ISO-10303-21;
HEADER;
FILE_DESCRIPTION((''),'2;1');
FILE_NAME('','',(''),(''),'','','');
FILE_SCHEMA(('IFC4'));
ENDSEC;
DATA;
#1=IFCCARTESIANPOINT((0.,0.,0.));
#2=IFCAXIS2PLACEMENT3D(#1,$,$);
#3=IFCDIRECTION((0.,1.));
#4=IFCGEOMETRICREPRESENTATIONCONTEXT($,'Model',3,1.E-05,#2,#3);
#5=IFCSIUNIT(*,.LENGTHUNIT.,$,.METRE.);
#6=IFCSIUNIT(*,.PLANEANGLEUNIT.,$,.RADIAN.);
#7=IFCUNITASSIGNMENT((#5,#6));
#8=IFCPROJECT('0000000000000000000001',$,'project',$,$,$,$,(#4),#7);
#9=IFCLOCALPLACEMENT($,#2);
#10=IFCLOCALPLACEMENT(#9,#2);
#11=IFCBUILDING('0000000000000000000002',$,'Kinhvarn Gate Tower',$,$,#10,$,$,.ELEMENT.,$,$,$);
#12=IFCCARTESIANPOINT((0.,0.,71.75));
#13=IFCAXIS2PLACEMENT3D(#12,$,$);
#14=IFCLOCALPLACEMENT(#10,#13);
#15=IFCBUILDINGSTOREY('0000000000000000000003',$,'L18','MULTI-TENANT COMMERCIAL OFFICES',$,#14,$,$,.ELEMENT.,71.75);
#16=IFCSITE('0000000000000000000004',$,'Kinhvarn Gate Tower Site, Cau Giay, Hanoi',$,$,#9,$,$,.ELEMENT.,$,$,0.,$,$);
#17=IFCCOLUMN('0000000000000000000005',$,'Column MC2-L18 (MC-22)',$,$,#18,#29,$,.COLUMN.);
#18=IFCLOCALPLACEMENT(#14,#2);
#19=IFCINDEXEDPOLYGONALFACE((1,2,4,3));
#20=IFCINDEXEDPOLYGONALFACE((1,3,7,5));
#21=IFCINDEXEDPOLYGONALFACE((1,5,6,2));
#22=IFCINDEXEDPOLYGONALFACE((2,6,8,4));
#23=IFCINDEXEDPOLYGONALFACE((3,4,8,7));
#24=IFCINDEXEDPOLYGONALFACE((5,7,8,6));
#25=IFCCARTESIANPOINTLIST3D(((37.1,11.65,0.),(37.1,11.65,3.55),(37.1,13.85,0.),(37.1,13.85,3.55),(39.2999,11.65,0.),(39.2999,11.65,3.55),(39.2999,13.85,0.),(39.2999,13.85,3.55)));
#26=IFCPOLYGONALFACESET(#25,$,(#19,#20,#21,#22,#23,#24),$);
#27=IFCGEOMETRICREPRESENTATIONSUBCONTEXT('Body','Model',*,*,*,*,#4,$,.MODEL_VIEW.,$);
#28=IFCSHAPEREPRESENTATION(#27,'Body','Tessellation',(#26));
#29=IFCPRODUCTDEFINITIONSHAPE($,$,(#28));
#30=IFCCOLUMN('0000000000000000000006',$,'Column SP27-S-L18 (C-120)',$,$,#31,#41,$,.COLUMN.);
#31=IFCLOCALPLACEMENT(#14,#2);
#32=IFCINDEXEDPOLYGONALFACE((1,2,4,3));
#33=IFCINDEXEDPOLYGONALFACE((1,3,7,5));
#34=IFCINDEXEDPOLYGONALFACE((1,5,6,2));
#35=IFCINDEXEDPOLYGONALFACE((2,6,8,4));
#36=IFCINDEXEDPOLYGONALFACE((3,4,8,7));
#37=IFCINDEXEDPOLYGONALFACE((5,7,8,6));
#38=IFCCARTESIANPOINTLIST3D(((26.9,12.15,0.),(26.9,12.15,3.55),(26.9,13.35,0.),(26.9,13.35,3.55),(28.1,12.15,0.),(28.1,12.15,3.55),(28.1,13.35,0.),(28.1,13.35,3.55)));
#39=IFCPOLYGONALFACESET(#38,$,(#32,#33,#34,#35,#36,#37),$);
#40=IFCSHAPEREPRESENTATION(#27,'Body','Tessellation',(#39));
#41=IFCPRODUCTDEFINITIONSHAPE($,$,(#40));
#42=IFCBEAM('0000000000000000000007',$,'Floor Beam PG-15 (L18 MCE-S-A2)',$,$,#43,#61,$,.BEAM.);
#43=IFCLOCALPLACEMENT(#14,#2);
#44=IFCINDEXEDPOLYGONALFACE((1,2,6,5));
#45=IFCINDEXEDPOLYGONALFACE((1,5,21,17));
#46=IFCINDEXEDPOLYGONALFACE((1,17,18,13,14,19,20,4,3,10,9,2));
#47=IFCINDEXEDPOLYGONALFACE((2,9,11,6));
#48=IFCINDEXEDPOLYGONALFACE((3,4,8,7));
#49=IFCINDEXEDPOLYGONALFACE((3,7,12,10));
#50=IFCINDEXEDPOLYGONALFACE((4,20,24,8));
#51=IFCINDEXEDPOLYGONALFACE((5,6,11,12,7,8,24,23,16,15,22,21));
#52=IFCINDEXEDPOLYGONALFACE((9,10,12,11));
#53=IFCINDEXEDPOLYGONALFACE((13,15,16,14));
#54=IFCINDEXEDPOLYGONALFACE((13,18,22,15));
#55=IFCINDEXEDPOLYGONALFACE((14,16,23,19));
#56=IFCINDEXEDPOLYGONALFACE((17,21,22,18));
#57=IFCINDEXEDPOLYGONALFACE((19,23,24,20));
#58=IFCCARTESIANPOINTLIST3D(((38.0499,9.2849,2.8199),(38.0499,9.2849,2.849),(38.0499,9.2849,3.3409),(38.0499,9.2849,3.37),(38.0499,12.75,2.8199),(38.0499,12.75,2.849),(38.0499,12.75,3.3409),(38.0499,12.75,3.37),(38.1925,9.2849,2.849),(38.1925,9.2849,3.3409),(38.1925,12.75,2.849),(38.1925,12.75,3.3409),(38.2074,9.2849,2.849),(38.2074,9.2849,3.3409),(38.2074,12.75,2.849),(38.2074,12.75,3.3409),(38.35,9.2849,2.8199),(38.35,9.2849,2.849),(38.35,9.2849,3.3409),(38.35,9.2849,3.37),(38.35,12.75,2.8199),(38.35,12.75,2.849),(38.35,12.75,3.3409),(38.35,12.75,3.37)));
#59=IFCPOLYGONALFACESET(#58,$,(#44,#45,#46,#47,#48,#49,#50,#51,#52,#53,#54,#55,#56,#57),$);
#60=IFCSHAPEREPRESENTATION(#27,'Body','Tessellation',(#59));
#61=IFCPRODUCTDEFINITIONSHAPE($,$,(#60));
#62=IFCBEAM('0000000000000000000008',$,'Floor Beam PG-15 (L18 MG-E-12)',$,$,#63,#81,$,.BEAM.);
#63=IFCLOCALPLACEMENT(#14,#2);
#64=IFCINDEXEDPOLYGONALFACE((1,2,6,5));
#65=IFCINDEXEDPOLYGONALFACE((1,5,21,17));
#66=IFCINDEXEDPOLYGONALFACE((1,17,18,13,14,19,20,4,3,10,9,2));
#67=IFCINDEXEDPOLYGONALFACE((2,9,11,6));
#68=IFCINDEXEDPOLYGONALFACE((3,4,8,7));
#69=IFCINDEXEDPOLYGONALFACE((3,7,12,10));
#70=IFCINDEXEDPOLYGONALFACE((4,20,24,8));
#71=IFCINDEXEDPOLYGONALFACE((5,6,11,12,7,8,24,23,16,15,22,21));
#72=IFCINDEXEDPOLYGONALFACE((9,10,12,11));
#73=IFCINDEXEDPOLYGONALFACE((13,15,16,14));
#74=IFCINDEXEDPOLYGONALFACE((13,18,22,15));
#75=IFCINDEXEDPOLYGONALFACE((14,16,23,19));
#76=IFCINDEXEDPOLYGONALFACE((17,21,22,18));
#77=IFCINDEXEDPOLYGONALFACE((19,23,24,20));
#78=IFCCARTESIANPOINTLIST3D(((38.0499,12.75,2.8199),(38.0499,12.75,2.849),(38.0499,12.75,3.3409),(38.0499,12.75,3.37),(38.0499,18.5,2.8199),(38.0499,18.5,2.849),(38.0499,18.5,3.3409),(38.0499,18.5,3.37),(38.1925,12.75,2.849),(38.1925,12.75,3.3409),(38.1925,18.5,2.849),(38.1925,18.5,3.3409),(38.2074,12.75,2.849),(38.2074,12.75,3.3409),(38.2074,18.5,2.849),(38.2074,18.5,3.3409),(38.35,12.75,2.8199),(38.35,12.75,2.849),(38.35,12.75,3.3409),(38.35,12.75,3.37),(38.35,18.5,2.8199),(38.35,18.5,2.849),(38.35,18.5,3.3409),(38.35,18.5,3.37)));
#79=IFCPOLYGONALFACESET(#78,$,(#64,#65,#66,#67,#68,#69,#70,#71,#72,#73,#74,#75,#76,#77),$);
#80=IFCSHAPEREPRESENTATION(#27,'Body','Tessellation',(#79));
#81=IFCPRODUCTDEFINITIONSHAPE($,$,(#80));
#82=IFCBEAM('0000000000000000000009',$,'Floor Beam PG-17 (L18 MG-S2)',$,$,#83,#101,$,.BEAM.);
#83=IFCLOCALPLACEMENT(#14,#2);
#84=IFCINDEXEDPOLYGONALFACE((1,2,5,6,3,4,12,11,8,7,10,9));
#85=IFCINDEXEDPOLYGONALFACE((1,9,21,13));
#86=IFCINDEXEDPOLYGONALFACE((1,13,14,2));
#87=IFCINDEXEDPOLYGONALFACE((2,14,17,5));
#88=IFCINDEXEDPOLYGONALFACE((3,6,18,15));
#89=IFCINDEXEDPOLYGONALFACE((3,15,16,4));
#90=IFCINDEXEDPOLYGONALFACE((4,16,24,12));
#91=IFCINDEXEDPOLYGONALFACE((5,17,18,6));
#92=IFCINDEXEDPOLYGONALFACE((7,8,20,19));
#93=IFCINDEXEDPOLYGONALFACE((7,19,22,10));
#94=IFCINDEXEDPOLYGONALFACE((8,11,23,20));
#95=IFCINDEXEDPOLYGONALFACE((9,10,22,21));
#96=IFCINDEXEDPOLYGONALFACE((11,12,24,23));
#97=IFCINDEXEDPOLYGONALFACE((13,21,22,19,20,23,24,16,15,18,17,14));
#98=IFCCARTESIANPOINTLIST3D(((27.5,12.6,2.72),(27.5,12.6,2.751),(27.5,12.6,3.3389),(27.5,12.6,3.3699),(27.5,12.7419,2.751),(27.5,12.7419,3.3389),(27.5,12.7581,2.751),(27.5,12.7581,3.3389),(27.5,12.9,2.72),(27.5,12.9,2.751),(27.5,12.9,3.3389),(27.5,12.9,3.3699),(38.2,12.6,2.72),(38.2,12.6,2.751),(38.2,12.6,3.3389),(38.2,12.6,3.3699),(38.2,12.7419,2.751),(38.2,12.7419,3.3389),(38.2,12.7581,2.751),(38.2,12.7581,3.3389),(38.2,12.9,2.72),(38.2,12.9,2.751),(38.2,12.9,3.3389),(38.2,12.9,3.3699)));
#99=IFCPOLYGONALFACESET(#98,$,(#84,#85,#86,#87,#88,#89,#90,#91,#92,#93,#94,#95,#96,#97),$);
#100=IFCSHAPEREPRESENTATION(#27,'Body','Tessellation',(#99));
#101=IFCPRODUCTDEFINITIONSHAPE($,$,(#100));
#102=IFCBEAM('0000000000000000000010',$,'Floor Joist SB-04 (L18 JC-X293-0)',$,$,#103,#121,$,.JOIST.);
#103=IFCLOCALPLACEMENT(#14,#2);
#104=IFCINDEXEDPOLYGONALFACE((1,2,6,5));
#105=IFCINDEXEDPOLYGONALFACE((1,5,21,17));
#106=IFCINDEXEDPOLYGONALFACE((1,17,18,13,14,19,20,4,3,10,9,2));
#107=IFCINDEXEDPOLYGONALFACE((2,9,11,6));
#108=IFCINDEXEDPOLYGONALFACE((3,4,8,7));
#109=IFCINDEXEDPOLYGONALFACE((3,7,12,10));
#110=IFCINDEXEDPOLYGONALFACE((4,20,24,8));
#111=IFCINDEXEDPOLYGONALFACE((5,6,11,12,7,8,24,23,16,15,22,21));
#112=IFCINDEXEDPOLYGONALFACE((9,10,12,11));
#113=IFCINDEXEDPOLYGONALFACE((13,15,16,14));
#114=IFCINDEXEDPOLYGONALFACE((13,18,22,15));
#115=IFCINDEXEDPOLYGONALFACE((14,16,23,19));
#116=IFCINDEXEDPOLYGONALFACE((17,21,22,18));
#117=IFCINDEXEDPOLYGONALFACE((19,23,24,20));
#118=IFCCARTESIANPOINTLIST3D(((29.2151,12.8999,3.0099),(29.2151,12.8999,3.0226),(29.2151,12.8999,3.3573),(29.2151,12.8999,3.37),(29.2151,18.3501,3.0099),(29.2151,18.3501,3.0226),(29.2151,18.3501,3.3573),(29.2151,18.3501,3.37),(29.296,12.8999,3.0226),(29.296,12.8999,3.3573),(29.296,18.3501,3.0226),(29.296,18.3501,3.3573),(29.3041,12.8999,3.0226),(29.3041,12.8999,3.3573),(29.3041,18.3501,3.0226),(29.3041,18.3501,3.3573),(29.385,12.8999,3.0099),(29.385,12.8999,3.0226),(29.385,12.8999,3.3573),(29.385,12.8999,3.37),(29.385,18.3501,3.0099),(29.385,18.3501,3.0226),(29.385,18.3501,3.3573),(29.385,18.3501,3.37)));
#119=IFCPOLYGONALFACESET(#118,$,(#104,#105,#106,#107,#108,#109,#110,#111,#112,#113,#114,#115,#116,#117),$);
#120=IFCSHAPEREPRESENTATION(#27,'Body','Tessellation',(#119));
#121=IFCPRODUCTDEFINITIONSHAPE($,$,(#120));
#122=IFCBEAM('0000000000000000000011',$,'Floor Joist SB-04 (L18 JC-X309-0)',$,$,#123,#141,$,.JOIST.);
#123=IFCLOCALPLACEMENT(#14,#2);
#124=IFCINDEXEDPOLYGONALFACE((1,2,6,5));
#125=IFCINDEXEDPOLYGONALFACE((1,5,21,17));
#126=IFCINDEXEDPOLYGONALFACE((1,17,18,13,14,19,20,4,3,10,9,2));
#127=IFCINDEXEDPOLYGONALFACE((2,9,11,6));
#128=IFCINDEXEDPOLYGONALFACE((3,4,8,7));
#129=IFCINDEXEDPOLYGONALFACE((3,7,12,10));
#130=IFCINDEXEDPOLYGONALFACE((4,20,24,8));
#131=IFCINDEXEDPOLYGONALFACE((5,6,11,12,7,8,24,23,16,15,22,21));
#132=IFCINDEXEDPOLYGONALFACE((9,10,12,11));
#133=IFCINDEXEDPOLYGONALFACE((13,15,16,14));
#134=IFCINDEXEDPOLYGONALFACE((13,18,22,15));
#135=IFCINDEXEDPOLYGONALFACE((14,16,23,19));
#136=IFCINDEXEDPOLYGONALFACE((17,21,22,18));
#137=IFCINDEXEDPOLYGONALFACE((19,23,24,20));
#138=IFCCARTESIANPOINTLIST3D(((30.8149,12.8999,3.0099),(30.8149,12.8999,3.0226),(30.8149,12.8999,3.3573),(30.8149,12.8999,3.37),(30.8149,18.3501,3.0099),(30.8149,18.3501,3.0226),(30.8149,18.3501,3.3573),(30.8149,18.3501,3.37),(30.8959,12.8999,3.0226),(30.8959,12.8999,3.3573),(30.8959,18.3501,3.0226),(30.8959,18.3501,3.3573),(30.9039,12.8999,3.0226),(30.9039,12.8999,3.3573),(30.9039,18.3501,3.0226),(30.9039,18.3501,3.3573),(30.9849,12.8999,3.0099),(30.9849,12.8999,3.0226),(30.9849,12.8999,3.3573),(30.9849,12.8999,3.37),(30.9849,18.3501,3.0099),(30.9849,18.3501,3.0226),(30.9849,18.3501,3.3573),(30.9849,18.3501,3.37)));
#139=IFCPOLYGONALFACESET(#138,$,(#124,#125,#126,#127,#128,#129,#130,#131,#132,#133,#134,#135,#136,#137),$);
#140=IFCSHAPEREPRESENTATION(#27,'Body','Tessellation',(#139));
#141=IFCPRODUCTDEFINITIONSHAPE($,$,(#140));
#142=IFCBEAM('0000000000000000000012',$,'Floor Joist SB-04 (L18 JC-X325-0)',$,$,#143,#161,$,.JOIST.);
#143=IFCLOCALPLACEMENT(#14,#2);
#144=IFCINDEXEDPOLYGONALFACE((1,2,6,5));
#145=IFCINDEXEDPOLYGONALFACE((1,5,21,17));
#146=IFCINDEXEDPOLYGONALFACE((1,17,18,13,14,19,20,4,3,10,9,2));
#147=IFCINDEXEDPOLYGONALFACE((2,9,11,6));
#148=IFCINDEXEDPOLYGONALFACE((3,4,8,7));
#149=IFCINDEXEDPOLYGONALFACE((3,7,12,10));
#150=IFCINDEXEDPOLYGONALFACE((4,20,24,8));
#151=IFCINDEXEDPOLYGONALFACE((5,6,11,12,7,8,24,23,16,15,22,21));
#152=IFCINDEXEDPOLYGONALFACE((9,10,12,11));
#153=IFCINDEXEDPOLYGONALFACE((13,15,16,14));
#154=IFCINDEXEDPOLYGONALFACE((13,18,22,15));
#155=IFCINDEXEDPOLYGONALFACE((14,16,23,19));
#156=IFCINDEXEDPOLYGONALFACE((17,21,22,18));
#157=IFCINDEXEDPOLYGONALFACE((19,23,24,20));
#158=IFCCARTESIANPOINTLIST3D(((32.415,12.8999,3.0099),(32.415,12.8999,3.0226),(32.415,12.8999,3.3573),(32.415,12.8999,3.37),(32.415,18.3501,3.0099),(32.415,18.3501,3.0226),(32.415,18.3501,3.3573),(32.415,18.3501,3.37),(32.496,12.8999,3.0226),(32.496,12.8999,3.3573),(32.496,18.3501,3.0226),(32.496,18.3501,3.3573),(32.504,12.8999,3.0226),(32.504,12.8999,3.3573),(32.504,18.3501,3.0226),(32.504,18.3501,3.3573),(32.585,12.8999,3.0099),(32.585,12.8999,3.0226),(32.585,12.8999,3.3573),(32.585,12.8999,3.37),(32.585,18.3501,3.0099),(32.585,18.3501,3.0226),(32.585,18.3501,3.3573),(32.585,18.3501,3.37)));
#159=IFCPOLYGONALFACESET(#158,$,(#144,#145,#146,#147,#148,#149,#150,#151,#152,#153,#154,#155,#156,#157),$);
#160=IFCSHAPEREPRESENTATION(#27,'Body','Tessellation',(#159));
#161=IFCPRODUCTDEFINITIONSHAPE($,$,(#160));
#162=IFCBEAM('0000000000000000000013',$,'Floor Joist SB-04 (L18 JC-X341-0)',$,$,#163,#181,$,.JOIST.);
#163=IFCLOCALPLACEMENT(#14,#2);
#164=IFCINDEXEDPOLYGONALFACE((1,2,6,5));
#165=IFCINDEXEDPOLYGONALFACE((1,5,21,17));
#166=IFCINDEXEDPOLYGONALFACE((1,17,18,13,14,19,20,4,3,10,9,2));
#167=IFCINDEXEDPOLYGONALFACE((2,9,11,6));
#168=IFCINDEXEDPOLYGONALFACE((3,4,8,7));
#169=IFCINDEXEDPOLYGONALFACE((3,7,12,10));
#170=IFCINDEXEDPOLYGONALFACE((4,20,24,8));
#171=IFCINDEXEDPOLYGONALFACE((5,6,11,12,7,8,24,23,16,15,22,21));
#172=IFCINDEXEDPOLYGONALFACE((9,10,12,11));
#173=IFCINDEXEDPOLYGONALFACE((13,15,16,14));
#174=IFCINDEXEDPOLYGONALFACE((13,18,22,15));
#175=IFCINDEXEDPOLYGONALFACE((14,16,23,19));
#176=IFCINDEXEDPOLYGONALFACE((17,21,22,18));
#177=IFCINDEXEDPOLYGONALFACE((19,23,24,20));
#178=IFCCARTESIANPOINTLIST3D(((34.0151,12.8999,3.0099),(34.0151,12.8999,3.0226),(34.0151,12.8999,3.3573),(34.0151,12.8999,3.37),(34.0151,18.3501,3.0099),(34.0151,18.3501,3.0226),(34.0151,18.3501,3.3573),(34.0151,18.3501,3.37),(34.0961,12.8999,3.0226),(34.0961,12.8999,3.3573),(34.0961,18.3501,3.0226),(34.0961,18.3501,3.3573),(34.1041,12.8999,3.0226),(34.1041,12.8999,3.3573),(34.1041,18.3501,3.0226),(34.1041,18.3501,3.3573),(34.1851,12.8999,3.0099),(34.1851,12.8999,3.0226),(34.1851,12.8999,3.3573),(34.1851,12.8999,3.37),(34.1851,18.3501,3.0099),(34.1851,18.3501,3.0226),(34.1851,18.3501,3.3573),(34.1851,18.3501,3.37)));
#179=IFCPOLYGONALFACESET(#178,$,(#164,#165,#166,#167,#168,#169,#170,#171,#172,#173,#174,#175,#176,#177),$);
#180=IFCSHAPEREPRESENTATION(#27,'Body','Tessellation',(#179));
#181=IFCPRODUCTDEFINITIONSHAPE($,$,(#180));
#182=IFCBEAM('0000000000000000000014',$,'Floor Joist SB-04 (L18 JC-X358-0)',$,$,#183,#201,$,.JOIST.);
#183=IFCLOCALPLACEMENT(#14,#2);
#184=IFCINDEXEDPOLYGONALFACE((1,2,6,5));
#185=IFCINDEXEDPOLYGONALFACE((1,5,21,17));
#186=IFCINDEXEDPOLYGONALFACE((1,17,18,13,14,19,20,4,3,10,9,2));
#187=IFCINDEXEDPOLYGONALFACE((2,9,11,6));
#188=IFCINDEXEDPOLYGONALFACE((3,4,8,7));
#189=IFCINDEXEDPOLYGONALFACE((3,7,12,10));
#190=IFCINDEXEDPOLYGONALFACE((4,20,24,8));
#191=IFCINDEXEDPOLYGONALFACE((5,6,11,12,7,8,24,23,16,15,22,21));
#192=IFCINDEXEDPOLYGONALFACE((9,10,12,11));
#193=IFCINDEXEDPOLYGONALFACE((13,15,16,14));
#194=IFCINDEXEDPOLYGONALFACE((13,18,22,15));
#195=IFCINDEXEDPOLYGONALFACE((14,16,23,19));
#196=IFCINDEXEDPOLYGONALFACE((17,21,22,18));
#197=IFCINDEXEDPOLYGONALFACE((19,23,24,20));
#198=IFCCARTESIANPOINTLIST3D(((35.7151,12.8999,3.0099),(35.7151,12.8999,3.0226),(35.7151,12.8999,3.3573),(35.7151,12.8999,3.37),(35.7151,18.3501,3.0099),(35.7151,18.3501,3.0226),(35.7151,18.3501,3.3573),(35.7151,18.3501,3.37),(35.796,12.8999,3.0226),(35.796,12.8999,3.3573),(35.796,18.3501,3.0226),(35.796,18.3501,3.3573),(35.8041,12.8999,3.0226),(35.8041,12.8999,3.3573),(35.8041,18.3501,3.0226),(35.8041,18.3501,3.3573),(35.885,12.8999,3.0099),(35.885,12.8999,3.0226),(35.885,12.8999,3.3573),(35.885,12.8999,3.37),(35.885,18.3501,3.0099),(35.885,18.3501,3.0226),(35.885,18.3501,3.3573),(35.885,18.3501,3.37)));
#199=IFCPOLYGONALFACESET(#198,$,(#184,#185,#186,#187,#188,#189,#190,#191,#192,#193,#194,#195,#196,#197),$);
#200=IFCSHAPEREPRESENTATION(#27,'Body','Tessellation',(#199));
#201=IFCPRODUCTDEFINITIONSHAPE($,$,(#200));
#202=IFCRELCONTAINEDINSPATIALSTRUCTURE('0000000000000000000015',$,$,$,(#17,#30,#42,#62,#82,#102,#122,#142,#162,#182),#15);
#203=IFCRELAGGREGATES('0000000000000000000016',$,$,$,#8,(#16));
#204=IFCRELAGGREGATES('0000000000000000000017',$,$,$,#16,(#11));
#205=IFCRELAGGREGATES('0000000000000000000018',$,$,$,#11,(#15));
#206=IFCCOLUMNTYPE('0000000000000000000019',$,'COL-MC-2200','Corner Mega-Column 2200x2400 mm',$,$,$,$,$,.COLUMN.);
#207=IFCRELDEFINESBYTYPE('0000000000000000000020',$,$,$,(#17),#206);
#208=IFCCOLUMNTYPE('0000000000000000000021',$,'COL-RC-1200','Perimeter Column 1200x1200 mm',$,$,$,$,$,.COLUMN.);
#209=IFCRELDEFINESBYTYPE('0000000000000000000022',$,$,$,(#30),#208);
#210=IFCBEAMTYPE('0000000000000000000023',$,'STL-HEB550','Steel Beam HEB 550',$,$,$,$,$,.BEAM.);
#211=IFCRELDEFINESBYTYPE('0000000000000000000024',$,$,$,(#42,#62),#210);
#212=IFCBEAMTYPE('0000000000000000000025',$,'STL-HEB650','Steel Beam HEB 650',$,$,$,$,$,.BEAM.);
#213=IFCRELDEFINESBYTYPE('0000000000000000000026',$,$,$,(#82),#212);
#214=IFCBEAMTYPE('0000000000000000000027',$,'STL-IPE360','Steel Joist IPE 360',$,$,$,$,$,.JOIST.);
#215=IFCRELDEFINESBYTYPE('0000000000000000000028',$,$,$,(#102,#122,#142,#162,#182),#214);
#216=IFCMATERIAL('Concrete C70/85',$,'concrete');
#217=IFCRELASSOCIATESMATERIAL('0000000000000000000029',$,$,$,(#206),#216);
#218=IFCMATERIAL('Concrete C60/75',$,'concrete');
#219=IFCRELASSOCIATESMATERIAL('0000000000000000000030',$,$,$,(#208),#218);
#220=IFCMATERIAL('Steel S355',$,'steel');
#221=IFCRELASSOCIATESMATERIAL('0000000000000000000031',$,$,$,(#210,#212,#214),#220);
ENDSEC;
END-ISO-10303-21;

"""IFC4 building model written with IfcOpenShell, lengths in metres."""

from ifc_helpers import new_model, si_unit, direction, frame, origin, origin_2d, place, context, subcontext, project, spatial, rectangle, i_section, extrude, material, material_profile, profile_set, type_object, element, save


model = new_model("IFC4")

# Units and contexts
model_context = context("Model", 3, precision=1e-05, world=origin(), true_north=direction((0.0, 1.0)))
body_context = subcontext(model_context, "Body", "Model", "MODEL_VIEW")
ifc_project = project(units=[si_unit("LENGTHUNIT", "METRE"), si_unit("PLANEANGLEUNIT", "RADIAN")], contexts=[model_context])

# Site, building, storey
site_placement = place(None, origin())
site = spatial("IfcSite", under=ifc_project, at=site_placement, Name="Kinhvarn Gate Tower Site, Cau Giay, Hanoi", CompositionType="ELEMENT", RefElevation=0.0)
building_placement = place(site_placement, origin())
building = spatial("IfcBuilding", under=site, at=building_placement, Name="Kinhvarn Gate Tower", CompositionType="ELEMENT")
storey_placement = place(building_placement, frame((0.0, 0.0, 71.75)))
storey = spatial("IfcBuildingStorey", under=building, at=storey_placement, Name="L18", Description="MULTI-TENANT COMMERCIAL OFFICES", CompositionType="ELEMENT", Elevation=71.75)

# Columns
ifc_material_1 = material(Name="Concrete C70/85", Category="concrete")
ifc_material_profile_1 = material_profile(ifc_material_1, rectangle(XDim=2.2, YDim=2.2, at=origin_2d()), Name="RC 2200x2200")
ifc_profile_set_1 = profile_set([ifc_material_profile_1], Name="Concrete C70/85")
column_type_1 = type_object("IfcColumnType", Name="COL-MC-2200", Description="Corner Mega-Column 2200x2400 mm", PredefinedType="COLUMN", material=ifc_profile_set_1)
column_1_placement = place(storey_placement, frame((38.2, 12.75, 0.0), z_axis=(0.0, 0.0, 1.0), x_axis=(1.0, 0.0, 0.0)))
element("IfcColumn", 1, at=column_1_placement, inside=storey, type_object=column_type_1, Name="Column MC2-L18 (MC-22)", PredefinedType="COLUMN", context=body_context, shape_type="SweptSolid", body=[
    extrude(rectangle(XDim=2.2, YDim=2.2, at=origin_2d()), origin(), (0.0, 0.0, 1.0), 3.55),
])
ifc_material_2 = material(Name="Concrete C60/75", Category="concrete")
ifc_material_profile_2 = material_profile(ifc_material_2, rectangle(XDim=1.2, YDim=1.2, at=origin_2d()), Name="RC 1200x1200")
ifc_profile_set_2 = profile_set([ifc_material_profile_2], Name="Concrete C60/75")
column_type_2 = type_object("IfcColumnType", Name="COL-RC-1200", Description="Perimeter Column 1200x1200 mm", PredefinedType="COLUMN", material=ifc_profile_set_2)
column_2_placement = place(storey_placement, frame((27.5, 12.75, 0.0), z_axis=(0.0, 0.0, 1.0), x_axis=(1.0, 0.0, 0.0)))
element("IfcColumn", 2, at=column_2_placement, inside=storey, type_object=column_type_2, Name="Column SP27-S-L18 (C-120)", PredefinedType="COLUMN", context=body_context, shape_type="SweptSolid", body=[
    extrude(rectangle(XDim=1.2, YDim=1.2, at=origin_2d()), origin(), (0.0, 0.0, 1.0), 3.55),
])

# Beams
ifc_material_3 = material(Name="Steel S355", Category="steel")
ifc_material_profile_3 = material_profile(ifc_material_3, i_section(OverallWidth=0.3, OverallDepth=0.55, WebThickness=0.0149, FlangeThickness=0.0291, at=origin_2d()), Name="HEB 550")
ifc_profile_set_3 = profile_set([ifc_material_profile_3], Name="Steel S355")
beam_type_1 = type_object("IfcBeamType", Name="STL-HEB550", Description="Steel Beam HEB 550", PredefinedType="BEAM", material=ifc_profile_set_3)
beam_1_placement = place(storey_placement, frame((38.2, 9.2849, 3.095), z_axis=(0.0, 1.0, 0.0), x_axis=(-1.0, 0.0, 0.0)))
element("IfcBeam", 3, at=beam_1_placement, inside=storey, type_object=beam_type_1, Name="Floor Beam PG-15 (L18 MCE-S-A2)", PredefinedType="BEAM", context=body_context, shape_type="SweptSolid", body=[
    extrude(i_section(OverallWidth=0.3, OverallDepth=0.55, WebThickness=0.0149, FlangeThickness=0.0291, at=origin_2d()), origin(), (0.0, 0.0, 1.0), 3.4651),
])
beam_2_placement = place(storey_placement, frame((38.2, 12.75, 3.095), z_axis=(0.0, 1.0, 0.0), x_axis=(-1.0, 0.0, 0.0)))
element("IfcBeam", 4, at=beam_2_placement, inside=storey, type_object=beam_type_1, Name="Floor Beam PG-15 (L18 MG-E-12)", PredefinedType="BEAM", context=body_context, shape_type="SweptSolid", body=[
    extrude(i_section(OverallWidth=0.3, OverallDepth=0.55, WebThickness=0.0149, FlangeThickness=0.0291, at=origin_2d()), origin(), (0.0, 0.0, 1.0), 5.75),
])
ifc_material_profile_4 = material_profile(ifc_material_3, i_section(OverallWidth=0.3, OverallDepth=0.6499, WebThickness=0.0161, FlangeThickness=0.031, at=origin_2d()), Name="HEB 650")
ifc_profile_set_4 = profile_set([ifc_material_profile_4], Name="Steel S355")
beam_type_2 = type_object("IfcBeamType", Name="STL-HEB650", Description="Steel Beam HEB 650", PredefinedType="BEAM", material=ifc_profile_set_4)
beam_3_placement = place(storey_placement, frame((27.5, 12.75, 3.0449), z_axis=(1.0, 0.0, 0.0), x_axis=(0.0, 1.0, 0.0)))
element("IfcBeam", 5, at=beam_3_placement, inside=storey, type_object=beam_type_2, Name="Floor Beam PG-17 (L18 MG-S2)", PredefinedType="BEAM", context=body_context, shape_type="SweptSolid", body=[
    extrude(i_section(OverallWidth=0.3, OverallDepth=0.6499, WebThickness=0.0161, FlangeThickness=0.031, at=origin_2d()), origin(), (0.0, 0.0, 1.0), 10.7),
])
ifc_material_profile_5 = material_profile(ifc_material_3, i_section(OverallWidth=0.1699, OverallDepth=0.3601, WebThickness=0.0081, FlangeThickness=0.0127, at=origin_2d()), Name="IPE 360")
ifc_profile_set_5 = profile_set([ifc_material_profile_5], Name="Steel S355")
beam_type_3 = type_object("IfcBeamType", Name="STL-IPE360", Description="Steel Joist IPE 360", PredefinedType="JOIST", material=ifc_profile_set_5)
for number, where, z_axis, x_axis, name in (
    (6, (29.3, 12.8999, 3.1899), (0.0, 1.0, 0.0), (-1.0, 0.0, 0.0), "Floor Joist SB-04 (L18 JC-X293-0)"),
    (7, (30.8999, 12.8999, 3.1899), (0.0, 1.0, 0.0), (-1.0, 0.0, 0.0), "Floor Joist SB-04 (L18 JC-X309-0)"),
    (8, (32.5, 12.8999, 3.1899), (0.0, 1.0, 0.0), (-1.0, 0.0, 0.0), "Floor Joist SB-04 (L18 JC-X325-0)"),
    (9, (34.1001, 12.8999, 3.1899), (0.0, 1.0, 0.0), (-1.0, 0.0, 0.0), "Floor Joist SB-04 (L18 JC-X341-0)"),
    (10, (35.8, 12.8999, 3.1899), (0.0, 1.0, 0.0), (-1.0, 0.0, 0.0), "Floor Joist SB-04 (L18 JC-X358-0)"),
):
    element("IfcBeam", number, at=place(storey_placement, frame(where, z_axis=z_axis, x_axis=x_axis)), inside=storey, type_object=beam_type_3, Name=name, PredefinedType="JOIST", context=body_context, shape_type="SweptSolid", body=[
        extrude(i_section(OverallWidth=0.1699, OverallDepth=0.3601, WebThickness=0.0081, FlangeThickness=0.0127, at=origin_2d()), origin(), (0.0, 0.0, 1.0), 5.4502),
    ])

save(model, "model.ifc")
